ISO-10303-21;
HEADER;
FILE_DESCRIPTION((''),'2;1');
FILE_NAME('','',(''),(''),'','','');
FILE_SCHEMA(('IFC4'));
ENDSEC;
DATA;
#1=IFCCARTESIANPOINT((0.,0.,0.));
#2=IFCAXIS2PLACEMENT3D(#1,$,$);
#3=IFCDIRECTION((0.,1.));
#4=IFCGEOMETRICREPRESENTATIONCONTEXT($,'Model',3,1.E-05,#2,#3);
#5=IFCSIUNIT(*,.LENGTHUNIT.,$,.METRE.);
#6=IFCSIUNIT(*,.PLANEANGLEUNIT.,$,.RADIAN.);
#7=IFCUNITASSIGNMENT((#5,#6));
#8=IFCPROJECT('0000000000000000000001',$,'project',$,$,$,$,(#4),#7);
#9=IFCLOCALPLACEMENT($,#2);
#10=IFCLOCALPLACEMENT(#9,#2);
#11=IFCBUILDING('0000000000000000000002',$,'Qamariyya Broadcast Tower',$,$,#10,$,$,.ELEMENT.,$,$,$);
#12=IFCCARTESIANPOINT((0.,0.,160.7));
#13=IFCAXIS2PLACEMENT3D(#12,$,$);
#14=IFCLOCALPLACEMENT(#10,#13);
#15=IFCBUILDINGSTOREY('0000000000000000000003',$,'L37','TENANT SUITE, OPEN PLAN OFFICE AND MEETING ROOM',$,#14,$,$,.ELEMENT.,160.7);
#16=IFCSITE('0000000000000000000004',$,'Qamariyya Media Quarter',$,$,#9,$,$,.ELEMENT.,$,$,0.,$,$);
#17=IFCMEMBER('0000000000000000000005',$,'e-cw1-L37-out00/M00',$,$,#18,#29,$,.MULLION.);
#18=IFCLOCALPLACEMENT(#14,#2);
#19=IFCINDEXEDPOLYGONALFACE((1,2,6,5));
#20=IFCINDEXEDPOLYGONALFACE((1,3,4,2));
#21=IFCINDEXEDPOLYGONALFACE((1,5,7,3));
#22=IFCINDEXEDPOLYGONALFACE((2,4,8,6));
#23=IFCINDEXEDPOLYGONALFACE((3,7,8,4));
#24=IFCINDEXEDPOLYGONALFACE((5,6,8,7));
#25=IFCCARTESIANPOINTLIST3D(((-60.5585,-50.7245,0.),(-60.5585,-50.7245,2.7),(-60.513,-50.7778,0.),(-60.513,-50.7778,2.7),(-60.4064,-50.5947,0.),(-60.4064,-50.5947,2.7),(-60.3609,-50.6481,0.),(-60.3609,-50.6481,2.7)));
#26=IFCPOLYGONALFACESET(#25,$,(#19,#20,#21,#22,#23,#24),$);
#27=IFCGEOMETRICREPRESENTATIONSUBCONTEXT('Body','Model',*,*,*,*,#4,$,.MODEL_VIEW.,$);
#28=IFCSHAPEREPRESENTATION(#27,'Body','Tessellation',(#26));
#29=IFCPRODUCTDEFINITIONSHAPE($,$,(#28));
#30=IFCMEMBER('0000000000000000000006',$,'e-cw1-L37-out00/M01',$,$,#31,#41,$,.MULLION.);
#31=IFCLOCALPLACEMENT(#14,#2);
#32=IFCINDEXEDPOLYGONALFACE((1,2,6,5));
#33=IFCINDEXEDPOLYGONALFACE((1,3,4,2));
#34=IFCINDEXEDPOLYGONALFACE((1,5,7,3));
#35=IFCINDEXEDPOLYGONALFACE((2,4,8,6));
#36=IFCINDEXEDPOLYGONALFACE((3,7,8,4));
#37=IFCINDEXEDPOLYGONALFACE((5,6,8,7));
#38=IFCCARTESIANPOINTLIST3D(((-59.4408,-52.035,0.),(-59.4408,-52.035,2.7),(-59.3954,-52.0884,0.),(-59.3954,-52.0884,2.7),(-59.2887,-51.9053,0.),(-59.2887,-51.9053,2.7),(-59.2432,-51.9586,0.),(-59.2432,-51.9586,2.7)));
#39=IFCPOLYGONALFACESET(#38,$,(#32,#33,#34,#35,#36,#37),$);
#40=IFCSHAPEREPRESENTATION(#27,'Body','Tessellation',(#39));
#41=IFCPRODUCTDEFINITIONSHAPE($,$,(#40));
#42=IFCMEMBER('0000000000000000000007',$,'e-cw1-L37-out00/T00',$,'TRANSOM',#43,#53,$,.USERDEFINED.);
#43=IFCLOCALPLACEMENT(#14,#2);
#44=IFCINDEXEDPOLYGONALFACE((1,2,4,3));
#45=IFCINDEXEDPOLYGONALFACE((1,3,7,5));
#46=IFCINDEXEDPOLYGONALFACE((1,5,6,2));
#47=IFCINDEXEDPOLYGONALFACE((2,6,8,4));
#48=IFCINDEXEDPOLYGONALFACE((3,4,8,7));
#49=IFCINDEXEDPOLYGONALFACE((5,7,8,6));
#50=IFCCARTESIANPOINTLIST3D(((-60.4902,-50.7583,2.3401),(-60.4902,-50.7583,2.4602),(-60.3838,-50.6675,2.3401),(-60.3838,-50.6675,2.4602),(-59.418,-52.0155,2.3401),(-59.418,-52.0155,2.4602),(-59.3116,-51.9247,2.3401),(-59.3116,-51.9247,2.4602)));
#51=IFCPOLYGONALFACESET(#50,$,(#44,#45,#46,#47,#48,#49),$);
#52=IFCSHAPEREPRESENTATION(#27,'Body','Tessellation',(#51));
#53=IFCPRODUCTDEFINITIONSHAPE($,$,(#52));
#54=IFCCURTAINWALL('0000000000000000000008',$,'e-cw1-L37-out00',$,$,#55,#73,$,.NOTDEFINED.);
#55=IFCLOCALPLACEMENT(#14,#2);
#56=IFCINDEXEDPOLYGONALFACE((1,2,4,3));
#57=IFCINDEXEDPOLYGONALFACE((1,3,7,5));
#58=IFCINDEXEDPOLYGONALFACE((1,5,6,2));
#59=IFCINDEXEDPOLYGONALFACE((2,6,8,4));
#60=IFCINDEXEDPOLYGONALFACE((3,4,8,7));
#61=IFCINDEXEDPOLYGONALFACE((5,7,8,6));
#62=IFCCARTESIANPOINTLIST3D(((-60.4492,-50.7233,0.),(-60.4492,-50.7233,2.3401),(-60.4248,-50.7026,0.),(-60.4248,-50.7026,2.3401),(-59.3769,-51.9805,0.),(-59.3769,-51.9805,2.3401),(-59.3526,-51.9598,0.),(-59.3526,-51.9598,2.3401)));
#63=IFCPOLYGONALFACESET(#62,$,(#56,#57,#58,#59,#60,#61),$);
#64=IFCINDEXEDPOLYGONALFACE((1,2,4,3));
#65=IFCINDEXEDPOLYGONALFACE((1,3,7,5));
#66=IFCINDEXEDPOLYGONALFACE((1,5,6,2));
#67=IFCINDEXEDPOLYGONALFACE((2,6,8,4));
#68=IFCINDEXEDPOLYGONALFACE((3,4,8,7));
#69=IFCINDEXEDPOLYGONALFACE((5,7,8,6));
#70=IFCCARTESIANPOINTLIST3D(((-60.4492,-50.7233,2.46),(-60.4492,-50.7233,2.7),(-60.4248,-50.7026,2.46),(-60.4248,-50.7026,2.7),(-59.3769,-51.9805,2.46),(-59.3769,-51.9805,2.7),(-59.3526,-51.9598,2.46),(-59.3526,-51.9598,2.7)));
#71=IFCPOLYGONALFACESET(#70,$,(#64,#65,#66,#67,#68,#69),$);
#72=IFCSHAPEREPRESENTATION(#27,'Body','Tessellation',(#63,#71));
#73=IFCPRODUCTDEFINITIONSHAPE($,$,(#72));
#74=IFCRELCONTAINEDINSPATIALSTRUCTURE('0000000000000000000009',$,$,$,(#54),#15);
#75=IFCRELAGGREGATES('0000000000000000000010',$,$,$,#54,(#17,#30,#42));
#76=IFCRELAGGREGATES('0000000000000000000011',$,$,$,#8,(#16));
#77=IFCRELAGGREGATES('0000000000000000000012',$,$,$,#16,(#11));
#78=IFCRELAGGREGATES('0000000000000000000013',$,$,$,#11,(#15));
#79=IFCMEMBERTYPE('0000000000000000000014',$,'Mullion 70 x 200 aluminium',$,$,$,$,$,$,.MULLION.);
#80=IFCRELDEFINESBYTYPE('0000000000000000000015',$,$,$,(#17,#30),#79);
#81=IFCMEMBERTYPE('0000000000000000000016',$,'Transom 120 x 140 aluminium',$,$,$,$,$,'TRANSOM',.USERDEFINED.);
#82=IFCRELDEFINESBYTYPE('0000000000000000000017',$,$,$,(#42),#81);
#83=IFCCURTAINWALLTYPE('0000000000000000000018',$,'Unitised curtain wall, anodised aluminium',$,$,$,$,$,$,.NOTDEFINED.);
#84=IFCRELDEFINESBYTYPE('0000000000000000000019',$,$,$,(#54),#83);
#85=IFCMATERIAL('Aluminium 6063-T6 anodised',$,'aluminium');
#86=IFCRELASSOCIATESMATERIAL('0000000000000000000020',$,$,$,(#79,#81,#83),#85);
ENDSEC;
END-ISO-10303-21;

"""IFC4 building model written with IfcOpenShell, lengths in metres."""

from ifc_helpers import new_model, si_unit, direction, frame, origin, origin_2d, place, context, subcontext, project, spatial, rectangle, extrude, material, material_profile, profile_set, type_object, element, aggregate, save


model = new_model("IFC4")

# Units and contexts
model_context = context("Model", 3, precision=1e-05, world=origin(), true_north=direction((0.0, 1.0)))
body_context = subcontext(model_context, "Body", "Model", "MODEL_VIEW")
ifc_project = project(units=[si_unit("LENGTHUNIT", "METRE"), si_unit("PLANEANGLEUNIT", "RADIAN")], contexts=[model_context])

# Members
ifc_material_1 = material(Name="Aluminium 6063-T6 anodised", Category="aluminium")
ifc_material_profile_1 = material_profile(ifc_material_1, rectangle(XDim=0.2, YDim=0.0701, at=origin_2d()))
ifc_profile_set_1 = profile_set([ifc_material_profile_1], Name="Aluminium 6063-T6 anodised")
member_type_1 = type_object("IfcMemberType", Name="Mullion 70 x 200 aluminium", PredefinedType="MULLION", material=ifc_profile_set_1)
site_placement = place(None, origin())
building_placement = place(site_placement, origin())
storey_placement = place(building_placement, frame((0.0, 0.0, 160.7)))
member_1_placement = place(storey_placement, frame((-60.4597, -50.6863, 0.0), z_axis=(0.0, 0.0, 1.0), x_axis=(0.760854, 0.648923, 0.0)))
member_1 = element("IfcMember", 1, at=member_1_placement, type_object=member_type_1, Name="e-cw1-L37-out00/M00", PredefinedType="MULLION", context=body_context, shape_type="SweptSolid", body=[
    extrude(rectangle(XDim=0.2, YDim=0.0701, at=origin_2d()), origin(), (0.0, 0.0, 1.0), 2.7),
])
member_2_placement = place(storey_placement, frame((-59.342, -51.9968, 0.0), z_axis=(0.0, 0.0, 1.0), x_axis=(0.760854, 0.648923, 0.0)))
member_2 = element("IfcMember", 2, at=member_2_placement, type_object=member_type_1, Name="e-cw1-L37-out00/M01", PredefinedType="MULLION", context=body_context, shape_type="SweptSolid", body=[
    extrude(rectangle(XDim=0.2, YDim=0.0701, at=origin_2d()), origin(), (0.0, 0.0, 1.0), 2.7),
])
ifc_material_profile_2 = material_profile(ifc_material_1, rectangle(XDim=0.1399, YDim=0.1201, at=origin_2d()))
ifc_profile_set_2 = profile_set([ifc_material_profile_2], Name="Aluminium 6063-T6 anodised")
member_type_2 = type_object("IfcMemberType", Name="Transom 120 x 140 aluminium", ElementType="TRANSOM", PredefinedType="USERDEFINED", material=ifc_profile_set_2)
member_3_placement = place(storey_placement, frame((-60.437, -50.7129, 2.4001), z_axis=(0.648891, -0.760881, 0.0), x_axis=(0.760881, 0.648891, 0.0)))
member_3 = element("IfcMember", 3, at=member_3_placement, type_object=member_type_2, Name="e-cw1-L37-out00/T00", ObjectType="TRANSOM", PredefinedType="USERDEFINED", context=body_context, shape_type="SweptSolid", body=[
    extrude(rectangle(XDim=0.1399, YDim=0.1201, at=origin_2d()), origin(), (0.0, 0.0, 1.0), 1.6523),
])

# Site, building, storey
site = spatial("IfcSite", under=ifc_project, at=site_placement, Name="Qamariyya Media Quarter", CompositionType="ELEMENT", RefElevation=0.0)
building = spatial("IfcBuilding", under=site, at=building_placement, Name="Qamariyya Broadcast Tower", CompositionType="ELEMENT")
storey = spatial("IfcBuildingStorey", under=building, at=storey_placement, Name="L37", Description="TENANT SUITE, OPEN PLAN OFFICE AND MEETING ROOM", CompositionType="ELEMENT", Elevation=160.7)

# Curtain wall
curtain_wall_type = type_object("IfcCurtainWallType", Name="Unitised curtain wall, anodised aluminium", PredefinedType="NOTDEFINED", material=ifc_material_1)
curtain_wall_1_placement = place(storey_placement, origin())
curtain_wall_1 = element("IfcCurtainWall", 4, at=curtain_wall_1_placement, inside=storey, type_object=curtain_wall_type, Name="e-cw1-L37-out00", PredefinedType="NOTDEFINED", context=body_context, shape_type="SweptSolid", body=[
    extrude(rectangle(XDim=1.6523, YDim=0.032, at=origin_2d()), frame((-59.9009, -51.3416, 0.0), x_axis=(0.648905, -0.76087, 0.0)), (0.0, 0.0, 1.0), 2.3401),
    extrude(rectangle(XDim=1.6523, YDim=0.032, at=origin_2d()), frame((-59.9009, -51.3416, 2.46), x_axis=(0.648905, -0.76087, 0.0)), (0.0, 0.0, 1.0), 0.24),
])
aggregate(curtain_wall_1, [member_1, member_2, member_3])

save(model, "model.ifc")
